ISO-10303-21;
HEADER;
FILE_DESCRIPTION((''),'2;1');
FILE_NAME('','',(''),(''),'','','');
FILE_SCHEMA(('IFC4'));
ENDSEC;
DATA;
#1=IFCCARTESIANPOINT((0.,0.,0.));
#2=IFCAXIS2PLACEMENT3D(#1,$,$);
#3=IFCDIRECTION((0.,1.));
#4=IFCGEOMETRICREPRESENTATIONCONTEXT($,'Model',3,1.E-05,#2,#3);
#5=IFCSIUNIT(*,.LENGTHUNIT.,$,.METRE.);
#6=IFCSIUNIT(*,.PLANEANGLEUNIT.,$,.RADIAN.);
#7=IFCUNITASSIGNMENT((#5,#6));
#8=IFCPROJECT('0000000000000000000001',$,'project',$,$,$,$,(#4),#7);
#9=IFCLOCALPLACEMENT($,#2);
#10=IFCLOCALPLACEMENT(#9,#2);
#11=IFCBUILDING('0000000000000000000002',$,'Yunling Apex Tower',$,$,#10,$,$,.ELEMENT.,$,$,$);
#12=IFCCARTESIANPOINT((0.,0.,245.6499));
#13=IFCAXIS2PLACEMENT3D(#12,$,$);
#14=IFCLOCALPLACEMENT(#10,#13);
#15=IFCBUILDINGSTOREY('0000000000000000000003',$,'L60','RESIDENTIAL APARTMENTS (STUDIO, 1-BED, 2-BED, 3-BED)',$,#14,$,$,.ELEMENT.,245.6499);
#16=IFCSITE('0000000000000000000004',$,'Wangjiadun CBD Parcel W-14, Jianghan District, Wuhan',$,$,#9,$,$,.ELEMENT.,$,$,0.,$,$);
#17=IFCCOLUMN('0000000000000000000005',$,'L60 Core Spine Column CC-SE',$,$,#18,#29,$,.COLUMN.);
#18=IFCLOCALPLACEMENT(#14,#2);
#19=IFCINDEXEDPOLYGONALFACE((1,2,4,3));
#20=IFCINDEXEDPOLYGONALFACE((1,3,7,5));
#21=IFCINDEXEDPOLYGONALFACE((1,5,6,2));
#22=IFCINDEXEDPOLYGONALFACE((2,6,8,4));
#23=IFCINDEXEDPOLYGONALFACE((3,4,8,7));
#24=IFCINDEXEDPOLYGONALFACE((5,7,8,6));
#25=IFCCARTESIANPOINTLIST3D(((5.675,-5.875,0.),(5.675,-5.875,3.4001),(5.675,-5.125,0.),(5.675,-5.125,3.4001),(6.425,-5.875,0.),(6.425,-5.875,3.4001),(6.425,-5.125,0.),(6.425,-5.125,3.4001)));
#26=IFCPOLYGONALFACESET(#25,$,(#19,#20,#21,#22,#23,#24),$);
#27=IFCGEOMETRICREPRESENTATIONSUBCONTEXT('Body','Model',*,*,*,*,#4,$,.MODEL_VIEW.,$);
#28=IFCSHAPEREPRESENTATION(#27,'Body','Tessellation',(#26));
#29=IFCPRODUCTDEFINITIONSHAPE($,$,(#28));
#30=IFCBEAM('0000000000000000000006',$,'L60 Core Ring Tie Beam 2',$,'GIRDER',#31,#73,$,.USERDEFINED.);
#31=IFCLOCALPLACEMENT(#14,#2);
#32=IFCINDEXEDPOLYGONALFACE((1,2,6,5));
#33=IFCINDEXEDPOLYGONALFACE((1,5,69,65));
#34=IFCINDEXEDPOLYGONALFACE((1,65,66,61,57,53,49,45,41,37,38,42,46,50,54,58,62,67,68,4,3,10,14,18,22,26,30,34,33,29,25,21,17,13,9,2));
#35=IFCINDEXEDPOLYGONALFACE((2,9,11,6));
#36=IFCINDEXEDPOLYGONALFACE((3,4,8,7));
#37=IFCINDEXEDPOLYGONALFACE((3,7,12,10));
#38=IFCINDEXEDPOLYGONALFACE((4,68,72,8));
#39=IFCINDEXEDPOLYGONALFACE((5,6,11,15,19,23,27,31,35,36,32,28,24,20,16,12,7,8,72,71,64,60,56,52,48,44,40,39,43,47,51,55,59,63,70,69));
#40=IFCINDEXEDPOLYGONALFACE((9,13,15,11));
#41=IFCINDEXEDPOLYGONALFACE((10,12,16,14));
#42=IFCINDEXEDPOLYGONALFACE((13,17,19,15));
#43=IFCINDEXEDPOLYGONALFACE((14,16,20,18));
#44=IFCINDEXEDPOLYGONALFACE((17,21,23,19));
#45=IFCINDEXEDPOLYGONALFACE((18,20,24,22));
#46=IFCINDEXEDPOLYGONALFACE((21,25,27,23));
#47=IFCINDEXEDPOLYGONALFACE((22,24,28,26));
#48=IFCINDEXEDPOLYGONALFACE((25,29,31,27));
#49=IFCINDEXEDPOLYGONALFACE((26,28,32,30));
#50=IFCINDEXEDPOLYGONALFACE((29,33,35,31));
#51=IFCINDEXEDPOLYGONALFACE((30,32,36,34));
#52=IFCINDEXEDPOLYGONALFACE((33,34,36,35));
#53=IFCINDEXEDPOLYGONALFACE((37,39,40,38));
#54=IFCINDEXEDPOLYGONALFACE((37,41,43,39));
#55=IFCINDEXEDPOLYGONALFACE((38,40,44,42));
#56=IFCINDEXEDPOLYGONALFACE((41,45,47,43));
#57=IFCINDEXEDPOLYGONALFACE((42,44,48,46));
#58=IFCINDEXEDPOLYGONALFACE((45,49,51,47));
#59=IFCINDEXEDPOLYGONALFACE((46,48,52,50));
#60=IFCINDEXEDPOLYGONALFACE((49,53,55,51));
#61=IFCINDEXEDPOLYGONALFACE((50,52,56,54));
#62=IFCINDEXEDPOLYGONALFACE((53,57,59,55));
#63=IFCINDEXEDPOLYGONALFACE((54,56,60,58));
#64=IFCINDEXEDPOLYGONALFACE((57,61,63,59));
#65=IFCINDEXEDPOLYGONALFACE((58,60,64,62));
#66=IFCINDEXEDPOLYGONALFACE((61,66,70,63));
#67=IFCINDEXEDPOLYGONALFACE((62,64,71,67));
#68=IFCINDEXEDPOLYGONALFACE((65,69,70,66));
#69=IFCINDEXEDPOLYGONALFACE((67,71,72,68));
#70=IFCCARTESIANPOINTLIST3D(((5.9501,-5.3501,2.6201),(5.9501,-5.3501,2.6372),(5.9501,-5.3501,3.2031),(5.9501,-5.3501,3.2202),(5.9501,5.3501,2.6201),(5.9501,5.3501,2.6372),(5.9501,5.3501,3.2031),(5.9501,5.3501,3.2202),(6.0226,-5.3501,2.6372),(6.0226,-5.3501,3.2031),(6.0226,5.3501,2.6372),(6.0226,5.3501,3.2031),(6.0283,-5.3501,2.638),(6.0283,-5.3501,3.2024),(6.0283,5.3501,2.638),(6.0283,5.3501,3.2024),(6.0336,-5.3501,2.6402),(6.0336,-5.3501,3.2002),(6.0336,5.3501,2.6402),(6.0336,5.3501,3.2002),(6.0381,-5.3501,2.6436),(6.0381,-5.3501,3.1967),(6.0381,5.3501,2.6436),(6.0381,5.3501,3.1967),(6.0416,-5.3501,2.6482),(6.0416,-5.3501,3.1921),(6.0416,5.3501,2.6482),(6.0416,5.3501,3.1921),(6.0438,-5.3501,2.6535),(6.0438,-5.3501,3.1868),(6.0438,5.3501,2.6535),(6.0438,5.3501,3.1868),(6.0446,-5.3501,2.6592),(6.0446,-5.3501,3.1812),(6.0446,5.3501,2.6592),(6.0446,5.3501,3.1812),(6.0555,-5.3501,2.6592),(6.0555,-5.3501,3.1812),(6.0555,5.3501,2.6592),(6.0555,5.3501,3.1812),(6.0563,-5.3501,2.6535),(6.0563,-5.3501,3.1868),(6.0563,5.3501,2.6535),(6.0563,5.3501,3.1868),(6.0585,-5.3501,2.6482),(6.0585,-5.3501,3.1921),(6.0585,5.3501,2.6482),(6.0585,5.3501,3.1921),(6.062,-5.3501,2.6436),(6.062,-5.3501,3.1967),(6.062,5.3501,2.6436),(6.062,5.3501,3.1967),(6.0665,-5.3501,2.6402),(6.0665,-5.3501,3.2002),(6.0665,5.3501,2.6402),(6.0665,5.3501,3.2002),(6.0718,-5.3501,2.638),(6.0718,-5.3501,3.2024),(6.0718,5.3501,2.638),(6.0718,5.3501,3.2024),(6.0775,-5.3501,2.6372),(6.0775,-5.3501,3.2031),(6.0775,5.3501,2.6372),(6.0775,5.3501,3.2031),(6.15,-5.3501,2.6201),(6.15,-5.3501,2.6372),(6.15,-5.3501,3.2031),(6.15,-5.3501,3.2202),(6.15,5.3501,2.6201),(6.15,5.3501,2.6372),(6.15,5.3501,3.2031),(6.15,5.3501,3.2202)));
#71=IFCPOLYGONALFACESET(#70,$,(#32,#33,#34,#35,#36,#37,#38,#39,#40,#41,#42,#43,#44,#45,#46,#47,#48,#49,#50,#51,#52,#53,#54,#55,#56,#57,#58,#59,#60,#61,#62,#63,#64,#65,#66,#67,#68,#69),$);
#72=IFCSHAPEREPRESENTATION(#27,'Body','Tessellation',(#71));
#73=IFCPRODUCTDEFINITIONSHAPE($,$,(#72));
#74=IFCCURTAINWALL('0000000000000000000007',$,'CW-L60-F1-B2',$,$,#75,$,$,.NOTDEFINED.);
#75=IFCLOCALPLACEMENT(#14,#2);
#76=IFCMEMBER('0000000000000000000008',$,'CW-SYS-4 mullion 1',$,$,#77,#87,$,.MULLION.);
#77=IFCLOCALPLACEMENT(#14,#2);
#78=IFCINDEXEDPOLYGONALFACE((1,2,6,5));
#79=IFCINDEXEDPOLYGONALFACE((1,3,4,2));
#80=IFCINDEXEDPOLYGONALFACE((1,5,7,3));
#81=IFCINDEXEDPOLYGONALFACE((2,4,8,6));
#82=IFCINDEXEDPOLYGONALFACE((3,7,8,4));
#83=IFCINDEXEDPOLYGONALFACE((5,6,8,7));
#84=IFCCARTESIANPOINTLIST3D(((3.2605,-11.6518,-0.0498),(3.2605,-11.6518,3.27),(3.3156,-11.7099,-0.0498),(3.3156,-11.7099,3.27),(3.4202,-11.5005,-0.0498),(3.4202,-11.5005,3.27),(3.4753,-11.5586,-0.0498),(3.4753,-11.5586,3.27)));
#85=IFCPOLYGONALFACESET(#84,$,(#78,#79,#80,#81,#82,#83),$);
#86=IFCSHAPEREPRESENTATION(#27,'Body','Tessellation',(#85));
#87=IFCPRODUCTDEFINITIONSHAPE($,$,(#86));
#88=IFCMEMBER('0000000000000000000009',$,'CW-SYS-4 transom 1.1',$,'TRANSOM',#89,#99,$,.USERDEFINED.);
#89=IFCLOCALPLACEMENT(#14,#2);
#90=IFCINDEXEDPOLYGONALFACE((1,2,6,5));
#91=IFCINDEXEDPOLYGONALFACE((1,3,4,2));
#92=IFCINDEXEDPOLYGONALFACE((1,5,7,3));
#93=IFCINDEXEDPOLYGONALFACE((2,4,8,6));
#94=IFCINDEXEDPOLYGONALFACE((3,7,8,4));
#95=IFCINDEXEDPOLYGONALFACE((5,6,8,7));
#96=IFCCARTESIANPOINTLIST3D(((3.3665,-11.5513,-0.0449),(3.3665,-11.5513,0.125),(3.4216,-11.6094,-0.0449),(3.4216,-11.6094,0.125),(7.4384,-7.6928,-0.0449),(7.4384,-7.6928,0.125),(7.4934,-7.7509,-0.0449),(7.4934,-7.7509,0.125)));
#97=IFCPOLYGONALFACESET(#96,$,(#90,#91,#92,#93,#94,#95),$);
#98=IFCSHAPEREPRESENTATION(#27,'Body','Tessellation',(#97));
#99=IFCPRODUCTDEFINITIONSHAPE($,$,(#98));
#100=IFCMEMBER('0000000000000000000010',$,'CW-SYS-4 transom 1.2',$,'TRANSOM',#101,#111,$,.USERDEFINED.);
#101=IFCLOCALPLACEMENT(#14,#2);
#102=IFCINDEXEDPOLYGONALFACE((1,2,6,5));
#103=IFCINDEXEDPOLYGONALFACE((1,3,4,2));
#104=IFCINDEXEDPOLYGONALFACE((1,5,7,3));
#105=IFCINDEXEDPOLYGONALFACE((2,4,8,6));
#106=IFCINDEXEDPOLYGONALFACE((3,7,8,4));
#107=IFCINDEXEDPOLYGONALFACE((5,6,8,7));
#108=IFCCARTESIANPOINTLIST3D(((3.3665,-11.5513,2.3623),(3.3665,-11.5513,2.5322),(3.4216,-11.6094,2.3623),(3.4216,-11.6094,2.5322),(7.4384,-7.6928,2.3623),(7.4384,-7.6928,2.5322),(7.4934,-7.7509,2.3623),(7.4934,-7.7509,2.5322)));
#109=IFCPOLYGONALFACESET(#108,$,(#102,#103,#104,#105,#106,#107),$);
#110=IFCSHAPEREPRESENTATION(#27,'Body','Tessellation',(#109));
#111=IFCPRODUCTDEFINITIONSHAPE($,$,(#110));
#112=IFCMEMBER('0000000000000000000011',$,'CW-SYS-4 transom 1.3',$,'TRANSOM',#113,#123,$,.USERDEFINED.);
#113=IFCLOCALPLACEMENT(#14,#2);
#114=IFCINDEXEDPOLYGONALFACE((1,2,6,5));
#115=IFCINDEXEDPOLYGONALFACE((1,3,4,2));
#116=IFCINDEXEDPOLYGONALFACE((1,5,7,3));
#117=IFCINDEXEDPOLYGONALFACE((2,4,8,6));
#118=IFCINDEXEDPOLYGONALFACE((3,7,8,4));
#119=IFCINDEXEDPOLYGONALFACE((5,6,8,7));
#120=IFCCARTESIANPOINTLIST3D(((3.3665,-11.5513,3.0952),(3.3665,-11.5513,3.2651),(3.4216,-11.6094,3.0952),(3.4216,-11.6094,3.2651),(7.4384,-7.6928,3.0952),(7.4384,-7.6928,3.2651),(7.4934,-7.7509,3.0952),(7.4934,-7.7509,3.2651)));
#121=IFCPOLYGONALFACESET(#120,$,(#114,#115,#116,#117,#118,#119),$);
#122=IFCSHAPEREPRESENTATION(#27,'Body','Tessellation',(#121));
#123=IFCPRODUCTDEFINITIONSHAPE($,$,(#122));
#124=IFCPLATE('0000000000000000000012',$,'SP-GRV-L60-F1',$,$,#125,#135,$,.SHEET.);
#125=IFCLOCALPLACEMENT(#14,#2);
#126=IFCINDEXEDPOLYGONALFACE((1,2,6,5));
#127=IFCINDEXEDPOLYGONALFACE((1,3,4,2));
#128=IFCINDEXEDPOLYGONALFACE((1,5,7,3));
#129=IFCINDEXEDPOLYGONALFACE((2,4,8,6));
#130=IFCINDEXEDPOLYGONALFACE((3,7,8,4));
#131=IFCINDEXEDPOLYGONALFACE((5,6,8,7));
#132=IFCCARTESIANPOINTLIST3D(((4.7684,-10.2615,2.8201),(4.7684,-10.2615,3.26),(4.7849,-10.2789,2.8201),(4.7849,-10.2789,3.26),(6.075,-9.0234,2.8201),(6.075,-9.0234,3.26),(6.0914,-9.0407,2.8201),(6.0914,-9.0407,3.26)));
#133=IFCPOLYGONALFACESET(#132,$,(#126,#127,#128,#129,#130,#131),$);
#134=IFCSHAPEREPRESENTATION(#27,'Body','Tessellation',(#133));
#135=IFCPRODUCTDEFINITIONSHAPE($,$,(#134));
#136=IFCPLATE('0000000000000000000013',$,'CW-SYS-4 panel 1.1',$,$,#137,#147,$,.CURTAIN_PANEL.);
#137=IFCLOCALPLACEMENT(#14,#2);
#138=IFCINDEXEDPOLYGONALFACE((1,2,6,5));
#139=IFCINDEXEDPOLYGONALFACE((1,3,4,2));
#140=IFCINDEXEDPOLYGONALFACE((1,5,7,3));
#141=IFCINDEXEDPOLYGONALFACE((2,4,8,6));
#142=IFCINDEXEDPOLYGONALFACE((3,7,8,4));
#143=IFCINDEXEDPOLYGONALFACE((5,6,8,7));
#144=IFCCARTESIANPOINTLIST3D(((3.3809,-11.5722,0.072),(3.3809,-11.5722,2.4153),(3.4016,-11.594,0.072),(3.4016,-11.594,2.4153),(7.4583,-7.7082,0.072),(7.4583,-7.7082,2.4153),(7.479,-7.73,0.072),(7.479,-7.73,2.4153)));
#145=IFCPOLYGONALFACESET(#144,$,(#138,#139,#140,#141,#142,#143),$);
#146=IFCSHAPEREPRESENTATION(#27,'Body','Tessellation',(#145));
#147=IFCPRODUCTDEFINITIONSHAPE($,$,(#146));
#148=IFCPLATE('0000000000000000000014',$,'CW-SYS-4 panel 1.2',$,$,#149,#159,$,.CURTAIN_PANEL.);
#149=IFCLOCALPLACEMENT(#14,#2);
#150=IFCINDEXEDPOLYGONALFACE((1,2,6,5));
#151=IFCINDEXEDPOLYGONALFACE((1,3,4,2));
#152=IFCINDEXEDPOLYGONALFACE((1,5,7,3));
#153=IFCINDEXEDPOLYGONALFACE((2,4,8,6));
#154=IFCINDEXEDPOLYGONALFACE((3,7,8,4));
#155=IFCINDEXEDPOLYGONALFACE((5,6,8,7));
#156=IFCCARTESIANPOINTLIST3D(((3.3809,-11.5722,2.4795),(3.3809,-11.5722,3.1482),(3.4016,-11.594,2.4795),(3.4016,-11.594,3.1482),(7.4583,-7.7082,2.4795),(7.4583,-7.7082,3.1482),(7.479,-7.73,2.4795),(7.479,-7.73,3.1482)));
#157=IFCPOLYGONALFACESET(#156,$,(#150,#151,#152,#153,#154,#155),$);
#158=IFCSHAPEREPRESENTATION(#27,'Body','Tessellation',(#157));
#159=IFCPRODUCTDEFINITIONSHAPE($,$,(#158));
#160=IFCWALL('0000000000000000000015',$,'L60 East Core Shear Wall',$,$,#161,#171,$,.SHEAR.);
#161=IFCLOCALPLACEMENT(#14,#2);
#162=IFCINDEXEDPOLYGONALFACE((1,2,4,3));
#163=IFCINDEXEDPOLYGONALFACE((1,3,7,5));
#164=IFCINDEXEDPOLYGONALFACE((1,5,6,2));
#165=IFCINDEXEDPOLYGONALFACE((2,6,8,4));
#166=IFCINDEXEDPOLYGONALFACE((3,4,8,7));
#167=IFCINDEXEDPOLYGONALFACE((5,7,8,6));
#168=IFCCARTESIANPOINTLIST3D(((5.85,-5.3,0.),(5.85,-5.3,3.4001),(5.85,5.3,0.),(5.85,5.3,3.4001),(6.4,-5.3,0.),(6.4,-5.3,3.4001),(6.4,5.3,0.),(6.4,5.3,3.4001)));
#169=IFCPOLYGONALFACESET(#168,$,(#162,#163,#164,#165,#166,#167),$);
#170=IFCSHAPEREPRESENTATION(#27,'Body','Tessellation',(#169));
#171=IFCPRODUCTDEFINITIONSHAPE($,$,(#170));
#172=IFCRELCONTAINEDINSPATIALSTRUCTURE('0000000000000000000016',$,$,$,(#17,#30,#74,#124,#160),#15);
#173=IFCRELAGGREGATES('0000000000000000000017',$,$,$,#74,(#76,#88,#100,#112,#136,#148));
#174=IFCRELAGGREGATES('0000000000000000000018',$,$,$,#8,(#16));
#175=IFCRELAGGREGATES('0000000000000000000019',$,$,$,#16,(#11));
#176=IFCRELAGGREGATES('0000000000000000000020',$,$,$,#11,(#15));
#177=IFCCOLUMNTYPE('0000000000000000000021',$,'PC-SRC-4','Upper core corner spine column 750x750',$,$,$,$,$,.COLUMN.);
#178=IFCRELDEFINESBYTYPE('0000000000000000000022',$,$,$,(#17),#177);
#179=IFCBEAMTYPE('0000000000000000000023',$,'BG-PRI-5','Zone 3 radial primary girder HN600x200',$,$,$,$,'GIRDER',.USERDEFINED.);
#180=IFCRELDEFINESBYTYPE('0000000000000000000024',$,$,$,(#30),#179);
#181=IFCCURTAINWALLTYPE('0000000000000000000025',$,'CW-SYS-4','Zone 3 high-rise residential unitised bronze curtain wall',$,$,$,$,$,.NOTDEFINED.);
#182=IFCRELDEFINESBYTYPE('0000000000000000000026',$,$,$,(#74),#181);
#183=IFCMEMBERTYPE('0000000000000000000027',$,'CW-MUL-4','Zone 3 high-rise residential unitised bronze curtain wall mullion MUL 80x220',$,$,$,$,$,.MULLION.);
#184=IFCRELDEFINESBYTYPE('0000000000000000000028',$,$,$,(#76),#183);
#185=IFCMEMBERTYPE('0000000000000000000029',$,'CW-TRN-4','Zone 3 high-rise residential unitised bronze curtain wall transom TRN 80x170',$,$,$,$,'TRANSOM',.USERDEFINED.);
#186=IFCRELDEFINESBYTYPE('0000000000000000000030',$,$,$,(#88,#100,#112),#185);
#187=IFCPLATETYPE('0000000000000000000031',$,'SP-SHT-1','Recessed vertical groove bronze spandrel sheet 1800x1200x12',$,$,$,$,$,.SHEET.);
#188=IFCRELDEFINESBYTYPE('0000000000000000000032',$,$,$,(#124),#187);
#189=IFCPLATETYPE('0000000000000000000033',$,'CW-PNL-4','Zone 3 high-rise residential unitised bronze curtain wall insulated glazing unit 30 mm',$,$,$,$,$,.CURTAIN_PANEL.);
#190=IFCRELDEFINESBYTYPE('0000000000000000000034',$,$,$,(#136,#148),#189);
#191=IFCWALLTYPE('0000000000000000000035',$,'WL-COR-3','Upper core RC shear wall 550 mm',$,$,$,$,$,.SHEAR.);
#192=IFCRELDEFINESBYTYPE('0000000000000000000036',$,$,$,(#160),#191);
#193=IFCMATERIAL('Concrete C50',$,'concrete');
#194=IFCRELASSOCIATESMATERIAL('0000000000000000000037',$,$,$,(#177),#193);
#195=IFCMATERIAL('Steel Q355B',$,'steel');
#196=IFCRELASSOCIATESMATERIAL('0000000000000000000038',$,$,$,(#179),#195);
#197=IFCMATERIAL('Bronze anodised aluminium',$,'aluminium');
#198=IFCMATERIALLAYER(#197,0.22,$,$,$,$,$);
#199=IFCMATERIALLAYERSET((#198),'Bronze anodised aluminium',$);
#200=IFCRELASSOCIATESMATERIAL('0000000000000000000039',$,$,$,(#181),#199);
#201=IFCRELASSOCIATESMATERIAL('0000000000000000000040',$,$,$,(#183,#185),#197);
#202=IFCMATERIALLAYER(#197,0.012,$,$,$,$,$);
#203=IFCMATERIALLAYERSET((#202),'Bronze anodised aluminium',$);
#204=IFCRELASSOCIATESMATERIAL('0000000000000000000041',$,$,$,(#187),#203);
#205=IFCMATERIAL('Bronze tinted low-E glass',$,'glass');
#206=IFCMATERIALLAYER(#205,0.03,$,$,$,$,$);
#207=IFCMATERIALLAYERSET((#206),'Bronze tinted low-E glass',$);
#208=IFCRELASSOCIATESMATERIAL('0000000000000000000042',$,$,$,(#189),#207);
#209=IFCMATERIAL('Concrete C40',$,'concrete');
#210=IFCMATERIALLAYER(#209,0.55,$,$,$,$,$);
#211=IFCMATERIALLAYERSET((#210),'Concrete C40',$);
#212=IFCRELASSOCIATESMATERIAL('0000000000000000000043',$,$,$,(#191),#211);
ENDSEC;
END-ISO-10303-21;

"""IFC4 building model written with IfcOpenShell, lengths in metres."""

from ifc_helpers import new_model, si_unit, direction, frame, frame_2d, origin, origin_2d, place, context, subcontext, project, spatial, rectangle, i_section, extrude, source, transform, mapped, material, layer, layer_set, material_profile, profile_set, type_object, element, aggregate, save


model = new_model("IFC4")

# Units and contexts
model_context = context("Model", 3, precision=1e-05, world=origin(), true_north=direction((0.0, 1.0)))
body_context = subcontext(model_context, "Body", "Model", "MODEL_VIEW")
ifc_project = project(units=[si_unit("LENGTHUNIT", "METRE"), si_unit("PLANEANGLEUNIT", "RADIAN")], contexts=[model_context])

# Site, building, storey
site_placement = place(None, origin())
site = spatial("IfcSite", under=ifc_project, at=site_placement, Name="Wangjiadun CBD Parcel W-14, Jianghan District, Wuhan", CompositionType="ELEMENT", RefElevation=0.0)
building_placement = place(site_placement, origin())
building = spatial("IfcBuilding", under=site, at=building_placement, Name="Yunling Apex Tower", CompositionType="ELEMENT")
storey_placement = place(building_placement, frame((0.0, 0.0, 245.6499)))
storey = spatial("IfcBuildingStorey", under=building, at=storey_placement, Name="L60", Description="RESIDENTIAL APARTMENTS (STUDIO, 1-BED, 2-BED, 3-BED)", CompositionType="ELEMENT", Elevation=245.6499)

# Column
ifc_material_1 = material(Name="Concrete C50", Category="concrete")
ifc_material_profile_1 = material_profile(ifc_material_1, rectangle(XDim=0.75, YDim=0.75, at=origin_2d()))
ifc_profile_set_1 = profile_set([ifc_material_profile_1], Name="Concrete C50")
column_type = type_object("IfcColumnType", Name="PC-SRC-4", Description="Upper core corner spine column 750x750", PredefinedType="COLUMN", material=ifc_profile_set_1)
shared_shape_1 = source(origin(), body_context, "Body", "SweptSolid", [
    extrude(rectangle(XDim=0.75, YDim=0.75, at=origin_2d()), origin(), (0.0, 0.0, 1.0), 3.4001),
])
column_placement = place(storey_placement, frame((6.05, -5.5, 0.0), z_axis=(0.0, 0.0, 1.0), x_axis=(1.0, 0.0, 0.0)))
element("IfcColumn", 1, at=column_placement, inside=storey, type_object=column_type, Name="L60 Core Spine Column CC-SE", PredefinedType="COLUMN", context=body_context, shape_type="MappedRepresentation", body=[
    mapped(shared_shape_1, transform((0.0, 0.0, 0.0), scale=1.0)),
])

# Beam
ifc_material_2 = material(Name="Steel Q355B", Category="steel")
ifc_material_profile_2 = material_profile(ifc_material_2, i_section(OverallWidth=0.2, OverallDepth=0.6001, WebThickness=0.011, FlangeThickness=0.0171, FilletRadius=0.022, at=origin_2d()))
ifc_profile_set_2 = profile_set([ifc_material_profile_2], Name="Steel Q355B")
beam_type = type_object("IfcBeamType", Name="BG-PRI-5", Description="Zone 3 radial primary girder HN600x200", ElementType="GIRDER", PredefinedType="USERDEFINED", material=ifc_profile_set_2)
shared_shape_2 = source(origin(), body_context, "Body", "SweptSolid", [
    extrude(i_section(OverallWidth=0.2, OverallDepth=0.6001, WebThickness=0.011, FlangeThickness=0.0171, FilletRadius=0.022, at=origin_2d()), origin(), (0.0, 0.0, 1.0), 10.7002),
])
beam_placement = place(storey_placement, frame((6.05, -5.3501, 2.9202), z_axis=(0.0, 1.0, 0.0), x_axis=(-1.0, 0.0, 0.0)))
element("IfcBeam", 2, at=beam_placement, inside=storey, type_object=beam_type, Name="L60 Core Ring Tie Beam 2", ObjectType="GIRDER", PredefinedType="USERDEFINED", context=body_context, shape_type="MappedRepresentation", body=[
    mapped(shared_shape_2, transform((0.0, 0.0, 0.0), scale=1.0)),
])

# Curtain wall, members
ifc_material_3 = material(Name="Bronze anodised aluminium", Category="aluminium")
ifc_layer_1 = layer(ifc_material_3, 0.22)
ifc_layer_set_1 = layer_set([ifc_layer_1], Name="Bronze anodised aluminium")
curtain_wall_type = type_object("IfcCurtainWallType", Name="CW-SYS-4", Description="Zone 3 high-rise residential unitised bronze curtain wall", PredefinedType="NOTDEFINED", material=ifc_layer_set_1)
curtain_wall_placement = place(storey_placement, origin())
curtain_wall = element("IfcCurtainWall", 3, at=curtain_wall_placement, inside=storey, type_object=curtain_wall_type, Name="CW-L60-F1-B2", PredefinedType="NOTDEFINED")
ifc_material_profile_3 = material_profile(ifc_material_3, rectangle(XDim=0.0801, YDim=0.22, at=origin_2d()))
ifc_profile_set_3 = profile_set([ifc_material_profile_3], Name="Bronze anodised aluminium")
member_type_1 = type_object("IfcMemberType", Name="CW-MUL-4", Description="Zone 3 high-rise residential unitised bronze curtain wall mullion MUL 80x220", PredefinedType="MULLION", material=ifc_profile_set_3)
shared_shape_3 = source(origin(), body_context, "Body", "SweptSolid", [
    extrude(rectangle(XDim=0.0801, YDim=0.22, at=origin_2d()), origin(), (0.0, 0.0, 1.0), 3.3198),
])
member_1_placement = place(storey_placement, frame((3.3679, -11.6052, -0.0498), z_axis=(0.0, 0.0, 1.0), x_axis=(-0.687854, 0.725849, 0.0)))
member_1 = element("IfcMember", 4, at=member_1_placement, type_object=member_type_1, Name="CW-SYS-4 mullion 1", PredefinedType="MULLION", context=body_context, shape_type="MappedRepresentation", body=[
    mapped(shared_shape_3, transform((0.0, 0.0, 0.0), scale=1.0)),
])
ifc_material_profile_4 = material_profile(ifc_material_3, rectangle(XDim=0.0801, YDim=0.1699, at=origin_2d()))
ifc_profile_set_4 = profile_set([ifc_material_profile_4], Name="Bronze anodised aluminium")
member_type_2 = type_object("IfcMemberType", Name="CW-TRN-4", Description="Zone 3 high-rise residential unitised bronze curtain wall transom TRN 80x170", ElementType="TRANSOM", PredefinedType="USERDEFINED", material=ifc_profile_set_4)
shared_shape_4 = source(origin(), body_context, "Body", "SweptSolid", [
    extrude(rectangle(XDim=0.0801, YDim=0.1699, at=origin_2d()), origin(), (0.0, 0.0, 1.0), 5.6096),
])
member_2_placement = place(storey_placement, frame((3.394, -11.5803, 0.04), z_axis=(0.72587, 0.687832, 0.0), x_axis=(-0.687832, 0.72587, 0.0)))
member_2 = element("IfcMember", 5, at=member_2_placement, type_object=member_type_2, Name="CW-SYS-4 transom 1.1", ObjectType="TRANSOM", PredefinedType="USERDEFINED", context=body_context, shape_type="MappedRepresentation", body=[
    mapped(shared_shape_4, transform((0.0, 0.0, 0.0), scale=1.0)),
])
member_3_placement = place(storey_placement, frame((3.394, -11.5803, 2.4473), z_axis=(0.72587, 0.687832, 0.0), x_axis=(-0.687832, 0.72587, 0.0)))
member_3 = element("IfcMember", 6, at=member_3_placement, type_object=member_type_2, Name="CW-SYS-4 transom 1.2", ObjectType="TRANSOM", PredefinedType="USERDEFINED", context=body_context, shape_type="MappedRepresentation", body=[
    mapped(shared_shape_4, transform((0.0, 0.0, 0.0), scale=1.0)),
])
member_4_placement = place(storey_placement, frame((3.394, -11.5803, 3.1802), z_axis=(0.72587, 0.687832, 0.0), x_axis=(-0.687832, 0.72587, 0.0)))
member_4 = element("IfcMember", 7, at=member_4_placement, type_object=member_type_2, Name="CW-SYS-4 transom 1.3", ObjectType="TRANSOM", PredefinedType="USERDEFINED", context=body_context, shape_type="MappedRepresentation", body=[
    mapped(shared_shape_4, transform((0.0, 0.0, 0.0), scale=1.0)),
])

# Plates
ifc_layer_2 = layer(ifc_material_3, 0.012)
ifc_layer_set_2 = layer_set([ifc_layer_2], Name="Bronze anodised aluminium")
plate_type_1 = type_object("IfcPlateType", Name="SP-SHT-1", Description="Recessed vertical groove bronze spandrel sheet 1800x1200x12", PredefinedType="SHEET", material=ifc_layer_set_2)
shared_shape_5 = source(origin(), body_context, "Body", "SweptSolid", [
    extrude(rectangle(XDim=1.8, YDim=0.0239, at=origin_2d()), origin(), (0.0, 0.0, 1.0), 0.4399),
])
plate_1_placement = place(storey_placement, frame((5.4299, -9.6511, 2.8201), z_axis=(0.0, 0.0, 1.0), x_axis=(0.725855, 0.687848, 0.0)))
element("IfcPlate", 8, at=plate_1_placement, inside=storey, type_object=plate_type_1, Name="SP-GRV-L60-F1", PredefinedType="SHEET", context=body_context, shape_type="MappedRepresentation", body=[
    mapped(shared_shape_5, transform((0.0, 0.0, 0.0), scale=1.0)),
])
ifc_material_4 = material(Name="Bronze tinted low-E glass", Category="glass")
ifc_layer_3 = layer(ifc_material_4, 0.03)
ifc_layer_set_3 = layer_set([ifc_layer_3], Name="Bronze tinted low-E glass")
plate_type_2 = type_object("IfcPlateType", Name="CW-PNL-4", Description="Zone 3 high-rise residential unitised bronze curtain wall insulated glazing unit 30 mm", PredefinedType="CURTAIN_PANEL", material=ifc_layer_set_3)
shared_shape_6 = source(origin(), body_context, "Body", "SweptSolid", [
    extrude(rectangle(XDim=5.6174, YDim=0.03, at=origin_2d()), origin(), (0.0, 0.0, 1.0), 2.3433),
])
plate_2_placement = place(storey_placement, frame((5.4299, -9.6511, 0.072), z_axis=(0.0, 0.0, 1.0), x_axis=(0.725849, 0.687854, 0.0)))
plate_2 = element("IfcPlate", 9, at=plate_2_placement, type_object=plate_type_2, Name="CW-SYS-4 panel 1.1", PredefinedType="CURTAIN_PANEL", context=body_context, shape_type="MappedRepresentation", body=[
    mapped(shared_shape_6, transform((0.0, 0.0, 0.0), scale=1.0)),
])
shared_shape_7 = source(origin(), body_context, "Body", "SweptSolid", [
    extrude(rectangle(XDim=5.6174, YDim=0.03, at=origin_2d()), origin(), (0.0, 0.0, 1.0), 0.6687),
])
plate_3_placement = place(storey_placement, frame((5.4299, -9.6511, 2.4795), z_axis=(0.0, 0.0, 1.0), x_axis=(0.725849, 0.687854, 0.0)))
plate_3 = element("IfcPlate", 10, at=plate_3_placement, type_object=plate_type_2, Name="CW-SYS-4 panel 1.2", PredefinedType="CURTAIN_PANEL", context=body_context, shape_type="MappedRepresentation", body=[
    mapped(shared_shape_7, transform((0.0, 0.0, 0.0), scale=1.0)),
])
aggregate(curtain_wall, [member_1, member_2, member_3, member_4, plate_2, plate_3])

# Wall
ifc_material_5 = material(Name="Concrete C40", Category="concrete")
ifc_layer_4 = layer(ifc_material_5, 0.55)
ifc_layer_set_4 = layer_set([ifc_layer_4], Name="Concrete C40")
wall_type_1 = type_object("IfcWallType", Name="WL-COR-3", Description="Upper core RC shear wall 550 mm", PredefinedType="SHEAR", material=ifc_layer_set_4)
wall_1_placement = place(storey_placement, frame((6.125, -5.3, 0.0), z_axis=(0.0, 0.0, 1.0), x_axis=(0.0, 1.0, 0.0)))
element("IfcWall", 11, at=wall_1_placement, inside=storey, type_object=wall_type_1, Name="L60 East Core Shear Wall", PredefinedType="SHEAR", context=body_context, shape_type="SweptSolid", body=[
    extrude(rectangle(XDim=10.6001, YDim=0.55, at=frame_2d((5.3, 0.0))), origin(), (0.0, 0.0, 1.0), 3.4001),
])

save(model, "model.ifc")
